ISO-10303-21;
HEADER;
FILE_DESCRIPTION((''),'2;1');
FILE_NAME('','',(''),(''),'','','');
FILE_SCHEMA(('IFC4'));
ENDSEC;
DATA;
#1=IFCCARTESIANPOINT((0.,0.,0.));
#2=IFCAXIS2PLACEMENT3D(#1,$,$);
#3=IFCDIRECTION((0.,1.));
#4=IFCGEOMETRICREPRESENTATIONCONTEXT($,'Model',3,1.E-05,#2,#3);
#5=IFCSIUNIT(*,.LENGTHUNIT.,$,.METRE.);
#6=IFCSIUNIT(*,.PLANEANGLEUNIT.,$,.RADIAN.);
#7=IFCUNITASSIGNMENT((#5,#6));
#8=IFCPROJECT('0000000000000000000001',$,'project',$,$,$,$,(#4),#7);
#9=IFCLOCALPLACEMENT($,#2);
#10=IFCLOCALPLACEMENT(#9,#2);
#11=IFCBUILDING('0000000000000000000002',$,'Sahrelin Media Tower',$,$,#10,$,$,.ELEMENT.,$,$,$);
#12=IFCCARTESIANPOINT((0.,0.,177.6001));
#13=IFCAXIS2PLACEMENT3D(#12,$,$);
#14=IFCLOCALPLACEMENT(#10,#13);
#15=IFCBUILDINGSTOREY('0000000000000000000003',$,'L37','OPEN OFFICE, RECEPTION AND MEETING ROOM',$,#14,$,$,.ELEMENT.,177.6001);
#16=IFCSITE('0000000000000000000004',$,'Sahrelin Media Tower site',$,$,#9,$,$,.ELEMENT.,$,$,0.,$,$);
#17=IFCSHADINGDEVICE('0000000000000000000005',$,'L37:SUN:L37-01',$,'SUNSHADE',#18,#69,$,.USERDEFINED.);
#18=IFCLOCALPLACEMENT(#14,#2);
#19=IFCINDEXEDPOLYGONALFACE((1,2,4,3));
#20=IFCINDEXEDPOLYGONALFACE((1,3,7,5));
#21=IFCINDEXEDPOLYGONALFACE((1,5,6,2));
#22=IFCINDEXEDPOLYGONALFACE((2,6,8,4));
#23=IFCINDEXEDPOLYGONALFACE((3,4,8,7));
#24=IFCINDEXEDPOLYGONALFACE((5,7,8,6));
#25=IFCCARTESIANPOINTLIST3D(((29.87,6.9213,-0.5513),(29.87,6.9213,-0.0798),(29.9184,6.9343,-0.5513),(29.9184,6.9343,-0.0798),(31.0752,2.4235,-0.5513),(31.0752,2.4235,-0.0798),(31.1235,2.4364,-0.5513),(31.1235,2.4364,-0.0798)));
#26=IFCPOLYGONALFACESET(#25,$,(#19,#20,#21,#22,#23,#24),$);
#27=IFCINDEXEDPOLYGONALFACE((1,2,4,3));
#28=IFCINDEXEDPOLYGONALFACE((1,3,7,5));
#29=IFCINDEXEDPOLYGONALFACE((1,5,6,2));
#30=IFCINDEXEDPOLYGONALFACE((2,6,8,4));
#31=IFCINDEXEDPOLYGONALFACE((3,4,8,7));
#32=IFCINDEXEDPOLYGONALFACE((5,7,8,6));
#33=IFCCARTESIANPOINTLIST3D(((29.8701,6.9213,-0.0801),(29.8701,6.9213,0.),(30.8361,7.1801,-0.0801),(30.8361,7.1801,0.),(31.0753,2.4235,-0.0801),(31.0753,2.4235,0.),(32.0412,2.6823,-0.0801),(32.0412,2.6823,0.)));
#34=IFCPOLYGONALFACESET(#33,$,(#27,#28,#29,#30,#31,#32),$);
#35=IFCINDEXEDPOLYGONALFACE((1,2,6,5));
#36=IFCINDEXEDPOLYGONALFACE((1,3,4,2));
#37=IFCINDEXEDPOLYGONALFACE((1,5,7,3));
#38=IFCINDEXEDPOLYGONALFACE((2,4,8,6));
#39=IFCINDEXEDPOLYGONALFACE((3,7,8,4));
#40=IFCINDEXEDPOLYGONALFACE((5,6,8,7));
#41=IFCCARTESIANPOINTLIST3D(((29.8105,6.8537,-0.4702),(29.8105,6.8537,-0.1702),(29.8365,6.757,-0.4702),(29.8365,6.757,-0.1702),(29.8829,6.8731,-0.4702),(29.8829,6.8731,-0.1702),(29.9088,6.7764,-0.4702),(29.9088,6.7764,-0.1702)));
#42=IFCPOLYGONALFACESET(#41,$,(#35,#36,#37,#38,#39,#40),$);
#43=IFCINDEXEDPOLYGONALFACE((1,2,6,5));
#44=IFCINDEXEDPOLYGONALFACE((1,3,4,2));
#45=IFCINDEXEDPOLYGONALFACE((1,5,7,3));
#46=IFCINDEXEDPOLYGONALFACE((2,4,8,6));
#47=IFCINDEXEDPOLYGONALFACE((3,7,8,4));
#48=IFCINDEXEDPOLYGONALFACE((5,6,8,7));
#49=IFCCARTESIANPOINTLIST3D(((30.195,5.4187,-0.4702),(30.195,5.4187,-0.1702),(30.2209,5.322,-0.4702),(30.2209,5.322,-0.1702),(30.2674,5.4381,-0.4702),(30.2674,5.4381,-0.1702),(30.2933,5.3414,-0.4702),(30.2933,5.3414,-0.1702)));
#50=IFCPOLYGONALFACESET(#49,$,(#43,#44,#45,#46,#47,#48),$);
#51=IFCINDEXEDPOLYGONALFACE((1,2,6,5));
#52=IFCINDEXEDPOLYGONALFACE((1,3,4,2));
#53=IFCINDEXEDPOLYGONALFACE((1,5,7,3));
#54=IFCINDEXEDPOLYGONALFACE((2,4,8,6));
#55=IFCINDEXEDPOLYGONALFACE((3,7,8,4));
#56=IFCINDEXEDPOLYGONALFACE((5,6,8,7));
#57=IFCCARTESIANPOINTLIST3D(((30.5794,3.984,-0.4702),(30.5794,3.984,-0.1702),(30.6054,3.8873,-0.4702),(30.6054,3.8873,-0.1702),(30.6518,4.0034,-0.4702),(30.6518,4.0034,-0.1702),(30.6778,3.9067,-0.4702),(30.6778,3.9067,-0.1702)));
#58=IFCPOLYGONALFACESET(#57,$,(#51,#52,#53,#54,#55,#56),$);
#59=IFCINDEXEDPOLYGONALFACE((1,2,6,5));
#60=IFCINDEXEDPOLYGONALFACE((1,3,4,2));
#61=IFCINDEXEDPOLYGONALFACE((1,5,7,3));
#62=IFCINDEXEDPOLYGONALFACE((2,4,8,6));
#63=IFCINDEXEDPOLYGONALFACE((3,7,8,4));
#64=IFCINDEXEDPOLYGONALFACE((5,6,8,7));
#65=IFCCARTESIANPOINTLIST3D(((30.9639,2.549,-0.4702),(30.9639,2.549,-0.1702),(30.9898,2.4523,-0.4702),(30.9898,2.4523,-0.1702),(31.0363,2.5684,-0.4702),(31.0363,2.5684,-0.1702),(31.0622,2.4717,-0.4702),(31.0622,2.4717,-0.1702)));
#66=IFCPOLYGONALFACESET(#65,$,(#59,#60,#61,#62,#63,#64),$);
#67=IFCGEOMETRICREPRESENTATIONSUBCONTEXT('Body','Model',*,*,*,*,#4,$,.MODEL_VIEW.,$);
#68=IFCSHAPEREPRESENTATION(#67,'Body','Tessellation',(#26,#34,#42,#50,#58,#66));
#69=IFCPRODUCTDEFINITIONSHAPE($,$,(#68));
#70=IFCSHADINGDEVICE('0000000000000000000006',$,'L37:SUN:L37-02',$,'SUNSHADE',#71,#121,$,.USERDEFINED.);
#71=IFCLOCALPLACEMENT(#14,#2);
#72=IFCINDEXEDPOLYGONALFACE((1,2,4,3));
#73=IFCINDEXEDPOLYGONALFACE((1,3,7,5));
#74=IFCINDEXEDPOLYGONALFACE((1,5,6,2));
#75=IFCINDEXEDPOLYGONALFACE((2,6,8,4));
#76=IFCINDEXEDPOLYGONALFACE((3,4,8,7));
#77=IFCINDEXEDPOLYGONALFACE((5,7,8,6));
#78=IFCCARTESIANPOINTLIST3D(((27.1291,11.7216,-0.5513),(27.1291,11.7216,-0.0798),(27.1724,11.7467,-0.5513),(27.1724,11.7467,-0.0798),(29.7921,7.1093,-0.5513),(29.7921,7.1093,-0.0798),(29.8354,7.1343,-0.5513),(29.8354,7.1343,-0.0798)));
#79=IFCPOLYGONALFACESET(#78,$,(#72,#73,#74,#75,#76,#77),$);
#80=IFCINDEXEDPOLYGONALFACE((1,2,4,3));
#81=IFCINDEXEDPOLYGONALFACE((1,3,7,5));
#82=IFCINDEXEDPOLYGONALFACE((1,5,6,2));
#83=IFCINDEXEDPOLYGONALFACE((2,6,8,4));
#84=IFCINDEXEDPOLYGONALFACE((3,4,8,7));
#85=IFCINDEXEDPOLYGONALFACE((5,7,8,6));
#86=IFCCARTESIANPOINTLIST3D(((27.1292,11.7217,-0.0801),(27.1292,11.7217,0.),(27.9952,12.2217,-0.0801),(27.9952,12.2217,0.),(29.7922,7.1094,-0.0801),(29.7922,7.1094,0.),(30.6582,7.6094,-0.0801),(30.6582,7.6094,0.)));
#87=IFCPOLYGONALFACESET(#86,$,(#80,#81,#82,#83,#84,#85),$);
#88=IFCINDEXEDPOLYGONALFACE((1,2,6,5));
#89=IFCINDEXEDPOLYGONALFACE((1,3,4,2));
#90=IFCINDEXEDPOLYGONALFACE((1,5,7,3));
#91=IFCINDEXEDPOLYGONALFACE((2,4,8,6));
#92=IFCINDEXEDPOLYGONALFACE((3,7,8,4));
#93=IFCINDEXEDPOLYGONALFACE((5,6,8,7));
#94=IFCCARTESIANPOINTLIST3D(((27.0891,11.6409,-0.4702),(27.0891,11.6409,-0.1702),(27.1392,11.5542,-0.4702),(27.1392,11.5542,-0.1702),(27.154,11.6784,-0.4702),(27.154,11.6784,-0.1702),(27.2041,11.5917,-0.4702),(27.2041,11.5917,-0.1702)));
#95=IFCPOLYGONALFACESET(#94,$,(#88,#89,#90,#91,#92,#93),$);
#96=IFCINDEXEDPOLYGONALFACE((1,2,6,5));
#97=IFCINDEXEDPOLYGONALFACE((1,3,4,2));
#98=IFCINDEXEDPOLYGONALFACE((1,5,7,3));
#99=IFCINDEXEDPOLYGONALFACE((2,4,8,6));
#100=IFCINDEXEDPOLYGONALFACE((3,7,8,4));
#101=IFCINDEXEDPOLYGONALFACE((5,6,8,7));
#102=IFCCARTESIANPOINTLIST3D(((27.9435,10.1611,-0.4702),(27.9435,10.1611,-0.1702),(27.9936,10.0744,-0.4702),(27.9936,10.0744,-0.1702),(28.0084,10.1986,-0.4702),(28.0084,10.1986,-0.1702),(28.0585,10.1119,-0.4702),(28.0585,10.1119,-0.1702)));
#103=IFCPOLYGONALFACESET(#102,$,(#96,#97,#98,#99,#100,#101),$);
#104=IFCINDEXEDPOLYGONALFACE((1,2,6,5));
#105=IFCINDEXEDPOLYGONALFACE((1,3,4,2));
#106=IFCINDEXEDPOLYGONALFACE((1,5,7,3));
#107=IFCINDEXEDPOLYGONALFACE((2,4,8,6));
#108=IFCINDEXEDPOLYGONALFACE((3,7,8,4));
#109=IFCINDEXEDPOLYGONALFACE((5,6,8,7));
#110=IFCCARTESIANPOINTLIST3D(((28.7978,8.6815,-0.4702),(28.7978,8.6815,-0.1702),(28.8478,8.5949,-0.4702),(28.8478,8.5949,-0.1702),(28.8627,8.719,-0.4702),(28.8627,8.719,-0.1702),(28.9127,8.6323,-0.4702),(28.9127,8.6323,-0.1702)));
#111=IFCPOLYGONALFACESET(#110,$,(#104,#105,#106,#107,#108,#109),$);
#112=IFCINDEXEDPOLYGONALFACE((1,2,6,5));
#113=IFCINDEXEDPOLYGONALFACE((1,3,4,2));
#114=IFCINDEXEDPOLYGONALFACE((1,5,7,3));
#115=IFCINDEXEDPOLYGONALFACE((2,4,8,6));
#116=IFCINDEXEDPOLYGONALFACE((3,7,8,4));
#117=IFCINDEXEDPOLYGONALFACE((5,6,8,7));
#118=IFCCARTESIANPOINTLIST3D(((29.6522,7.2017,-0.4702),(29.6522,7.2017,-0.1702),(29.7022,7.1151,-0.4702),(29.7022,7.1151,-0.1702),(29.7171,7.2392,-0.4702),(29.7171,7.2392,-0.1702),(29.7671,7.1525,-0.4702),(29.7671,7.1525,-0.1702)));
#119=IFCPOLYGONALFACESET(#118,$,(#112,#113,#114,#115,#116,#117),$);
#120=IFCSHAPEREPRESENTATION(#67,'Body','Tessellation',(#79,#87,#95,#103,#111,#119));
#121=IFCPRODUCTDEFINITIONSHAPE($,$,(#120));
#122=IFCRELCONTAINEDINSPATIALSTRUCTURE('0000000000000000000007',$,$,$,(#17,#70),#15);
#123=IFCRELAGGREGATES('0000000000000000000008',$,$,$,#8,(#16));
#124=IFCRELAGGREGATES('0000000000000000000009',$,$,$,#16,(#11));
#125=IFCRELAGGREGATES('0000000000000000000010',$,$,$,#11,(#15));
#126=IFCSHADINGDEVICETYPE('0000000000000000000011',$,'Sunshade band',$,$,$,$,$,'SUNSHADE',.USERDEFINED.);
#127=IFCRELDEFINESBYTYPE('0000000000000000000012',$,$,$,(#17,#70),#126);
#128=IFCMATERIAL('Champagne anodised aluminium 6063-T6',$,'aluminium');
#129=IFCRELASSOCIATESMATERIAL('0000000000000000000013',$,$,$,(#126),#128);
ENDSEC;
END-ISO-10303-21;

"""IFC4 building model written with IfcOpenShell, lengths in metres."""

from ifc_helpers import new_model, si_unit, direction, frame, origin, origin_2d, place, context, subcontext, project, spatial, rectangle, extrude, material, type_object, element, save


model = new_model("IFC4")

# Units and contexts
model_context = context("Model", 3, precision=1e-05, world=origin(), true_north=direction((0.0, 1.0)))
body_context = subcontext(model_context, "Body", "Model", "MODEL_VIEW")
ifc_project = project(units=[si_unit("LENGTHUNIT", "METRE"), si_unit("PLANEANGLEUNIT", "RADIAN")], contexts=[model_context])

# Site, building, storey
site_placement = place(None, origin())
site = spatial("IfcSite", under=ifc_project, at=site_placement, Name="Sahrelin Media Tower site", CompositionType="ELEMENT", RefElevation=0.0)
building_placement = place(site_placement, origin())
building = spatial("IfcBuilding", under=site, at=building_placement, Name="Sahrelin Media Tower", CompositionType="ELEMENT")
storey_placement = place(building_placement, frame((0.0, 0.0, 177.6001)))
storey = spatial("IfcBuildingStorey", under=building, at=storey_placement, Name="L37", Description="OPEN OFFICE, RECEPTION AND MEETING ROOM", CompositionType="ELEMENT", Elevation=177.6001)

# Shared definitions
ifc_material_1 = material(Name="Champagne anodised aluminium 6063-T6", Category="aluminium")

# Shading devices
placement_1 = place(storey_placement, frame((30.4534, 4.6672, 0.0), z_axis=(0.0, 0.0, 1.0), x_axis=(0.258808, -0.965929, 0.0)))
placement_2 = place(storey_placement, frame((28.4434, 9.4055, 0.0), z_axis=(0.0, 0.0, 1.0), x_axis=(0.500011, -0.866019, 0.0)))
shading_device_type_1 = type_object("IfcShadingDeviceType", Name="Sunshade band", ElementType="SUNSHADE", PredefinedType="USERDEFINED", material=ifc_material_1)
element("IfcShadingDevice", 1, at=placement_1, inside=storey, type_object=shading_device_type_1, Name="L37:SUN:L37-01", ObjectType="SUNSHADE", PredefinedType="USERDEFINED", context=body_context, shape_type="SweptSolid", body=[
    extrude(rectangle(XDim=4.6565, YDim=0.05, at=origin_2d()), frame((0.0, 0.0449, -0.5513)), (0.0, 0.0, 1.0), 0.4714),
    extrude(rectangle(XDim=4.6565, YDim=1.0, at=origin_2d()), frame((0.0, 0.52, -0.0801)), (0.0, 0.0, 1.0), 0.0801),
    extrude(rectangle(XDim=0.1001, YDim=0.075, at=origin_2d()), frame((-2.2283, -0.0176, -0.4702)), (0.0, 0.0, 1.0), 0.3),
    extrude(rectangle(XDim=0.1001, YDim=0.075, at=origin_2d()), frame((-0.7427, -0.0176, -0.4702)), (0.0, 0.0, 1.0), 0.3),
    extrude(rectangle(XDim=0.1001, YDim=0.075, at=origin_2d()), frame((0.7427, -0.0176, -0.4702)), (0.0, 0.0, 1.0), 0.3),
    extrude(rectangle(XDim=0.1001, YDim=0.075, at=origin_2d()), frame((2.2283, -0.0176, -0.4702)), (0.0, 0.0, 1.0), 0.3),
])
element("IfcShadingDevice", 2, at=placement_2, inside=storey, type_object=shading_device_type_1, Name="L37:SUN:L37-02", ObjectType="SUNSHADE", PredefinedType="USERDEFINED", context=body_context, shape_type="SweptSolid", body=[
    extrude(rectangle(XDim=5.3259, YDim=0.05, at=origin_2d()), frame((0.0, 0.0449, -0.5513)), (0.0, 0.0, 1.0), 0.4714),
    extrude(rectangle(XDim=5.3259, YDim=1.0, at=origin_2d()), frame((0.0, 0.52, -0.0801)), (0.0, 0.0, 1.0), 0.0801),
    extrude(rectangle(XDim=0.1001, YDim=0.075, at=origin_2d()), frame((-2.563, -0.0176, -0.4702)), (0.0, 0.0, 1.0), 0.3),
    extrude(rectangle(XDim=0.1001, YDim=0.075, at=origin_2d()), frame((-0.8542, -0.0176, -0.4702)), (0.0, 0.0, 1.0), 0.3),
    extrude(rectangle(XDim=0.1001, YDim=0.075, at=origin_2d()), frame((0.8542, -0.0176, -0.4702)), (0.0, 0.0, 1.0), 0.3),
    extrude(rectangle(XDim=0.1001, YDim=0.075, at=origin_2d()), frame((2.563, -0.0176, -0.4702)), (0.0, 0.0, 1.0), 0.3),
])

save(model, "model.ifc")
